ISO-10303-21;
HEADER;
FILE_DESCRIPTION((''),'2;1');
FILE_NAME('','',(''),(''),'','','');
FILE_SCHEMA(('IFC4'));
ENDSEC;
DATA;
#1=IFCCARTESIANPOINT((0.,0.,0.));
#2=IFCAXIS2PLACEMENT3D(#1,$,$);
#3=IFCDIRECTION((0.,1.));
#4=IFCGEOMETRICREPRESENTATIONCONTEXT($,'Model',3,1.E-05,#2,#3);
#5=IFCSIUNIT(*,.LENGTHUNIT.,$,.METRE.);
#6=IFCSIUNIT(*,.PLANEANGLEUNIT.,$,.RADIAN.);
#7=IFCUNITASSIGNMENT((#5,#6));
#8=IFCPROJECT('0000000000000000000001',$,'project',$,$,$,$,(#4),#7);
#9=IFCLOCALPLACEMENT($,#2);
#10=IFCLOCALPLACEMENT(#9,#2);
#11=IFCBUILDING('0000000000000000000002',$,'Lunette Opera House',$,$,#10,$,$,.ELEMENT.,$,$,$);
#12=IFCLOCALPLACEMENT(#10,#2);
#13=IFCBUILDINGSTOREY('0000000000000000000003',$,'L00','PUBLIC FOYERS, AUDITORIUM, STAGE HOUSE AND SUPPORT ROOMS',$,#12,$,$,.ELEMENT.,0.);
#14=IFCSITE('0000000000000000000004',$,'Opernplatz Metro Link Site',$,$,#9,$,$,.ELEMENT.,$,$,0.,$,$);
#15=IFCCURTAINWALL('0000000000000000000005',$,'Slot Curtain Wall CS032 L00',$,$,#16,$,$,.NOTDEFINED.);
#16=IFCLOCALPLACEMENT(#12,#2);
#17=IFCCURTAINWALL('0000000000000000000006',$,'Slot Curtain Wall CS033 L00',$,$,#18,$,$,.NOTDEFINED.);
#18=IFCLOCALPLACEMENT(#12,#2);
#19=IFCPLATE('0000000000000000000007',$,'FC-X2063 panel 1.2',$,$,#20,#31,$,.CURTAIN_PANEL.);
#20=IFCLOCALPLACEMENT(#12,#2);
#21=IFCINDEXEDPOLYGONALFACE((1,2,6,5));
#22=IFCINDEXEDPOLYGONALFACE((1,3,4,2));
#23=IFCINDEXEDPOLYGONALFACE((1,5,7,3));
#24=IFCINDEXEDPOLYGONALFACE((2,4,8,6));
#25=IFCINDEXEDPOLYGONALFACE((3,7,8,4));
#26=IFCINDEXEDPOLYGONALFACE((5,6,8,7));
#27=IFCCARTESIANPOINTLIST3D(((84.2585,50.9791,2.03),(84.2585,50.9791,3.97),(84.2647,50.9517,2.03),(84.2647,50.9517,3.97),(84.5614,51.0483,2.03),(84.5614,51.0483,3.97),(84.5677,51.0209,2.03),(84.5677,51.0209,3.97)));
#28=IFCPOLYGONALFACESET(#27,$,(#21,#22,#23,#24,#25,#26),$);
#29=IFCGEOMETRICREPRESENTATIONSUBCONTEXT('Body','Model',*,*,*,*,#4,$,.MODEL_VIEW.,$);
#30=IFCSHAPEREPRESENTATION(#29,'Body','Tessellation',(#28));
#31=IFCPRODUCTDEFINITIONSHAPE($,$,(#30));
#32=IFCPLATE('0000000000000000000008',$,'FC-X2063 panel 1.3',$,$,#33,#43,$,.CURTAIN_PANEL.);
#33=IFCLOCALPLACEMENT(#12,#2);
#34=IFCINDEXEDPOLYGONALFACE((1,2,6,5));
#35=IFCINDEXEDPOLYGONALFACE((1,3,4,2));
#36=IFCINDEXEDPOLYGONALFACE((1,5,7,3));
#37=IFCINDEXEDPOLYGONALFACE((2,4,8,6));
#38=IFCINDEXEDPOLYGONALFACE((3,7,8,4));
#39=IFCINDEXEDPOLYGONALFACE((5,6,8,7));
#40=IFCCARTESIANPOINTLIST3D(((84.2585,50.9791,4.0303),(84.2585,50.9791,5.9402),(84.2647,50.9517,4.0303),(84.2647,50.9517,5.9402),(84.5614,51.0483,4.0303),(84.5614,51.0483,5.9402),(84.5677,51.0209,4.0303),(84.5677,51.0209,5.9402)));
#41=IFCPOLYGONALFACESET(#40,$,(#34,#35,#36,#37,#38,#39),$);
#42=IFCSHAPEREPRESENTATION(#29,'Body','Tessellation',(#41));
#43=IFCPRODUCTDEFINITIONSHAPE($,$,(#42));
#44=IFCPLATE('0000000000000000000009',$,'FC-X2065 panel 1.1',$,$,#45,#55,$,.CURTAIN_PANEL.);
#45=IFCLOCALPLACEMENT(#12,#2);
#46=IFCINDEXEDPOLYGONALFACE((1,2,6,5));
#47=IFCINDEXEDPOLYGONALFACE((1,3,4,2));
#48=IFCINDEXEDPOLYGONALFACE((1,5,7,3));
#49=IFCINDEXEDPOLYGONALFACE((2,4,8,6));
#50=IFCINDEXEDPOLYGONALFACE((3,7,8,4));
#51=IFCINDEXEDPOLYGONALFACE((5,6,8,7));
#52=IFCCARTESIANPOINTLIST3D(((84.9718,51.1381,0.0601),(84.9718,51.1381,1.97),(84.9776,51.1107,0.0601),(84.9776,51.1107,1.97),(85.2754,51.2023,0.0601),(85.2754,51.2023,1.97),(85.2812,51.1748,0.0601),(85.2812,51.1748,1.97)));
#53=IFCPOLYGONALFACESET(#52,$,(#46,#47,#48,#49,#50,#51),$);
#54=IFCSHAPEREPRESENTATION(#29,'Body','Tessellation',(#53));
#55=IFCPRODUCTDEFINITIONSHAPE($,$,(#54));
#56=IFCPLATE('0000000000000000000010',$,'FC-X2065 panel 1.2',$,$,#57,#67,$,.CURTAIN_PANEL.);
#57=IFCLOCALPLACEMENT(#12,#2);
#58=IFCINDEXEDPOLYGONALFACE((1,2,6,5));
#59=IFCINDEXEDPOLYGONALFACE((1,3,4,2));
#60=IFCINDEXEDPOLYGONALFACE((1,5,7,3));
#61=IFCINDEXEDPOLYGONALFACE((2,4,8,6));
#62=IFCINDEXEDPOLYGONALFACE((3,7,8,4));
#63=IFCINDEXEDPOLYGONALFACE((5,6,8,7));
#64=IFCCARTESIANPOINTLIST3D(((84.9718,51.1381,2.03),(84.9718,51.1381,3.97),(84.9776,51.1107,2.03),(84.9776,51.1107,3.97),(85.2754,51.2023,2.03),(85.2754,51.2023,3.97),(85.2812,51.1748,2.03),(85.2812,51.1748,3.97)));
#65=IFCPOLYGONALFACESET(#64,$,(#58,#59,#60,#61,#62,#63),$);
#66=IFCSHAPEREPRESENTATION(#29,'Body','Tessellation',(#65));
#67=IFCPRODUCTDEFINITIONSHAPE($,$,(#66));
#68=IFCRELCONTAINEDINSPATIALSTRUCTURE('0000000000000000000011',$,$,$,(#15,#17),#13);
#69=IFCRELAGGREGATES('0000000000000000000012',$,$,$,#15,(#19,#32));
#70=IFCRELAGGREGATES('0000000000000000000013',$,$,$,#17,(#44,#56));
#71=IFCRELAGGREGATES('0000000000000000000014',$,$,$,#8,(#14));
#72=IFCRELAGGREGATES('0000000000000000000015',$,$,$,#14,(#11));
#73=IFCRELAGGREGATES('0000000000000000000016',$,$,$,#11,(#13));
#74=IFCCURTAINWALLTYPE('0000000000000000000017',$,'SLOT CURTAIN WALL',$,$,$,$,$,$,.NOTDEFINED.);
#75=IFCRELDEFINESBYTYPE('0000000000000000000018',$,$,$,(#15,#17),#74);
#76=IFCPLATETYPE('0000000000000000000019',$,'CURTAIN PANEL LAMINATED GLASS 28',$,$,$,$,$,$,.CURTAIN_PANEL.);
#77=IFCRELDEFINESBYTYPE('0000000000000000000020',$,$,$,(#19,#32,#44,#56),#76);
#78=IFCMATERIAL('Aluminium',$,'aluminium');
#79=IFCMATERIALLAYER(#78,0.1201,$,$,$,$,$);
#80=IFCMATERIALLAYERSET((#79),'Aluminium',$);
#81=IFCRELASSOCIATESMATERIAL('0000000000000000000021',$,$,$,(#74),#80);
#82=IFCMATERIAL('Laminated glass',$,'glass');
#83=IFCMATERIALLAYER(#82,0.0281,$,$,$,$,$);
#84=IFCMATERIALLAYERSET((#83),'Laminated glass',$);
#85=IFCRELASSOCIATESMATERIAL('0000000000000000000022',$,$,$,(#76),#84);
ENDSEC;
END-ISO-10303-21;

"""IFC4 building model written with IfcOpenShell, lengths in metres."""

from ifc_helpers import new_model, si_unit, direction, frame, origin, origin_2d, place, context, subcontext, project, spatial, rectangle, extrude, material, layer, layer_set, type_object, element, aggregate, save


model = new_model("IFC4")

# Units and contexts
model_context = context("Model", 3, precision=1e-05, world=origin(), true_north=direction((0.0, 1.0)))
body_context = subcontext(model_context, "Body", "Model", "MODEL_VIEW")
ifc_project = project(units=[si_unit("LENGTHUNIT", "METRE"), si_unit("PLANEANGLEUNIT", "RADIAN")], contexts=[model_context])

# Site, building, storey
site_placement = place(None, origin())
site = spatial("IfcSite", under=ifc_project, at=site_placement, Name="Opernplatz Metro Link Site", CompositionType="ELEMENT", RefElevation=0.0)
building_placement = place(site_placement, origin())
building = spatial("IfcBuilding", under=site, at=building_placement, Name="Lunette Opera House", CompositionType="ELEMENT")
storey_placement = place(building_placement, origin())
storey = spatial("IfcBuildingStorey", under=building, at=storey_placement, Name="L00", Description="PUBLIC FOYERS, AUDITORIUM, STAGE HOUSE AND SUPPORT ROOMS", CompositionType="ELEMENT", Elevation=0.0)

# Shared definitions
ifc_material_1 = material(Name="Aluminium", Category="aluminium")
ifc_layer_1 = layer(ifc_material_1, 0.1201)
ifc_layer_set_1 = layer_set([ifc_layer_1], Name="Aluminium")
curtain_wall_type = type_object("IfcCurtainWallType", Name="SLOT CURTAIN WALL", PredefinedType="NOTDEFINED", material=ifc_layer_set_1)

# Curtain wall
curtain_wall_1_placement = place(storey_placement, origin())
curtain_wall_1 = element("IfcCurtainWall", 1, at=curtain_wall_1_placement, inside=storey, type_object=curtain_wall_type, Name="Slot Curtain Wall CS032 L00", PredefinedType="NOTDEFINED")

# Curtain wall
curtain_wall_2_placement = place(storey_placement, origin())
curtain_wall_2 = element("IfcCurtainWall", 2, at=curtain_wall_2_placement, inside=storey, type_object=curtain_wall_type, Name="Slot Curtain Wall CS033 L00", PredefinedType="NOTDEFINED")

# Plates
ifc_material_2 = material(Name="Laminated glass", Category="glass")
ifc_layer_2 = layer(ifc_material_2, 0.0281)
ifc_layer_set_2 = layer_set([ifc_layer_2], Name="Laminated glass")
plate_type = type_object("IfcPlateType", Name="CURTAIN PANEL LAMINATED GLASS 28", PredefinedType="CURTAIN_PANEL", material=ifc_layer_set_2)
plate_1_placement = place(storey_placement, frame((84.4131, 51.0, 2.03), z_axis=(0.0, 0.0, 1.0), x_axis=(0.974859, 0.222825, 0.0)))
plate_1 = element("IfcPlate", 3, at=plate_1_placement, type_object=plate_type, Name="FC-X2063 panel 1.2", PredefinedType="CURTAIN_PANEL", context=body_context, shape_type="SweptSolid", body=[
    extrude(rectangle(XDim=0.3108, YDim=0.0281, at=origin_2d()), origin(), (0.0, 0.0, 1.0), 1.9399),
])
plate_2_placement = place(storey_placement, frame((84.4131, 51.0, 4.0303), z_axis=(0.0, 0.0, 1.0), x_axis=(0.974859, 0.222825, 0.0)))
plate_2 = element("IfcPlate", 4, at=plate_2_placement, type_object=plate_type, Name="FC-X2063 panel 1.3", PredefinedType="CURTAIN_PANEL", context=body_context, shape_type="SweptSolid", body=[
    extrude(rectangle(XDim=0.3108, YDim=0.0281, at=origin_2d()), origin(), (0.0, 0.0, 1.0), 1.9099),
])
aggregate(curtain_wall_1, [plate_1, plate_2])
plate_3_placement = place(storey_placement, frame((85.1265, 51.1565, 0.0601), z_axis=(0.0, 0.0, 1.0), x_axis=(0.978377, 0.20683, 0.0)))
plate_3 = element("IfcPlate", 5, at=plate_3_placement, type_object=plate_type, Name="FC-X2065 panel 1.1", PredefinedType="CURTAIN_PANEL", context=body_context, shape_type="SweptSolid", body=[
    extrude(rectangle(XDim=0.3103, YDim=0.0281, at=origin_2d()), origin(), (0.0, 0.0, 1.0), 1.9099),
])
plate_4_placement = place(storey_placement, frame((85.1265, 51.1565, 2.03), z_axis=(0.0, 0.0, 1.0), x_axis=(0.978377, 0.20683, 0.0)))
plate_4 = element("IfcPlate", 6, at=plate_4_placement, type_object=plate_type, Name="FC-X2065 panel 1.2", PredefinedType="CURTAIN_PANEL", context=body_context, shape_type="SweptSolid", body=[
    extrude(rectangle(XDim=0.3103, YDim=0.0281, at=origin_2d()), origin(), (0.0, 0.0, 1.0), 1.9399),
])
aggregate(curtain_wall_2, [plate_3, plate_4])

save(model, "model.ifc")
